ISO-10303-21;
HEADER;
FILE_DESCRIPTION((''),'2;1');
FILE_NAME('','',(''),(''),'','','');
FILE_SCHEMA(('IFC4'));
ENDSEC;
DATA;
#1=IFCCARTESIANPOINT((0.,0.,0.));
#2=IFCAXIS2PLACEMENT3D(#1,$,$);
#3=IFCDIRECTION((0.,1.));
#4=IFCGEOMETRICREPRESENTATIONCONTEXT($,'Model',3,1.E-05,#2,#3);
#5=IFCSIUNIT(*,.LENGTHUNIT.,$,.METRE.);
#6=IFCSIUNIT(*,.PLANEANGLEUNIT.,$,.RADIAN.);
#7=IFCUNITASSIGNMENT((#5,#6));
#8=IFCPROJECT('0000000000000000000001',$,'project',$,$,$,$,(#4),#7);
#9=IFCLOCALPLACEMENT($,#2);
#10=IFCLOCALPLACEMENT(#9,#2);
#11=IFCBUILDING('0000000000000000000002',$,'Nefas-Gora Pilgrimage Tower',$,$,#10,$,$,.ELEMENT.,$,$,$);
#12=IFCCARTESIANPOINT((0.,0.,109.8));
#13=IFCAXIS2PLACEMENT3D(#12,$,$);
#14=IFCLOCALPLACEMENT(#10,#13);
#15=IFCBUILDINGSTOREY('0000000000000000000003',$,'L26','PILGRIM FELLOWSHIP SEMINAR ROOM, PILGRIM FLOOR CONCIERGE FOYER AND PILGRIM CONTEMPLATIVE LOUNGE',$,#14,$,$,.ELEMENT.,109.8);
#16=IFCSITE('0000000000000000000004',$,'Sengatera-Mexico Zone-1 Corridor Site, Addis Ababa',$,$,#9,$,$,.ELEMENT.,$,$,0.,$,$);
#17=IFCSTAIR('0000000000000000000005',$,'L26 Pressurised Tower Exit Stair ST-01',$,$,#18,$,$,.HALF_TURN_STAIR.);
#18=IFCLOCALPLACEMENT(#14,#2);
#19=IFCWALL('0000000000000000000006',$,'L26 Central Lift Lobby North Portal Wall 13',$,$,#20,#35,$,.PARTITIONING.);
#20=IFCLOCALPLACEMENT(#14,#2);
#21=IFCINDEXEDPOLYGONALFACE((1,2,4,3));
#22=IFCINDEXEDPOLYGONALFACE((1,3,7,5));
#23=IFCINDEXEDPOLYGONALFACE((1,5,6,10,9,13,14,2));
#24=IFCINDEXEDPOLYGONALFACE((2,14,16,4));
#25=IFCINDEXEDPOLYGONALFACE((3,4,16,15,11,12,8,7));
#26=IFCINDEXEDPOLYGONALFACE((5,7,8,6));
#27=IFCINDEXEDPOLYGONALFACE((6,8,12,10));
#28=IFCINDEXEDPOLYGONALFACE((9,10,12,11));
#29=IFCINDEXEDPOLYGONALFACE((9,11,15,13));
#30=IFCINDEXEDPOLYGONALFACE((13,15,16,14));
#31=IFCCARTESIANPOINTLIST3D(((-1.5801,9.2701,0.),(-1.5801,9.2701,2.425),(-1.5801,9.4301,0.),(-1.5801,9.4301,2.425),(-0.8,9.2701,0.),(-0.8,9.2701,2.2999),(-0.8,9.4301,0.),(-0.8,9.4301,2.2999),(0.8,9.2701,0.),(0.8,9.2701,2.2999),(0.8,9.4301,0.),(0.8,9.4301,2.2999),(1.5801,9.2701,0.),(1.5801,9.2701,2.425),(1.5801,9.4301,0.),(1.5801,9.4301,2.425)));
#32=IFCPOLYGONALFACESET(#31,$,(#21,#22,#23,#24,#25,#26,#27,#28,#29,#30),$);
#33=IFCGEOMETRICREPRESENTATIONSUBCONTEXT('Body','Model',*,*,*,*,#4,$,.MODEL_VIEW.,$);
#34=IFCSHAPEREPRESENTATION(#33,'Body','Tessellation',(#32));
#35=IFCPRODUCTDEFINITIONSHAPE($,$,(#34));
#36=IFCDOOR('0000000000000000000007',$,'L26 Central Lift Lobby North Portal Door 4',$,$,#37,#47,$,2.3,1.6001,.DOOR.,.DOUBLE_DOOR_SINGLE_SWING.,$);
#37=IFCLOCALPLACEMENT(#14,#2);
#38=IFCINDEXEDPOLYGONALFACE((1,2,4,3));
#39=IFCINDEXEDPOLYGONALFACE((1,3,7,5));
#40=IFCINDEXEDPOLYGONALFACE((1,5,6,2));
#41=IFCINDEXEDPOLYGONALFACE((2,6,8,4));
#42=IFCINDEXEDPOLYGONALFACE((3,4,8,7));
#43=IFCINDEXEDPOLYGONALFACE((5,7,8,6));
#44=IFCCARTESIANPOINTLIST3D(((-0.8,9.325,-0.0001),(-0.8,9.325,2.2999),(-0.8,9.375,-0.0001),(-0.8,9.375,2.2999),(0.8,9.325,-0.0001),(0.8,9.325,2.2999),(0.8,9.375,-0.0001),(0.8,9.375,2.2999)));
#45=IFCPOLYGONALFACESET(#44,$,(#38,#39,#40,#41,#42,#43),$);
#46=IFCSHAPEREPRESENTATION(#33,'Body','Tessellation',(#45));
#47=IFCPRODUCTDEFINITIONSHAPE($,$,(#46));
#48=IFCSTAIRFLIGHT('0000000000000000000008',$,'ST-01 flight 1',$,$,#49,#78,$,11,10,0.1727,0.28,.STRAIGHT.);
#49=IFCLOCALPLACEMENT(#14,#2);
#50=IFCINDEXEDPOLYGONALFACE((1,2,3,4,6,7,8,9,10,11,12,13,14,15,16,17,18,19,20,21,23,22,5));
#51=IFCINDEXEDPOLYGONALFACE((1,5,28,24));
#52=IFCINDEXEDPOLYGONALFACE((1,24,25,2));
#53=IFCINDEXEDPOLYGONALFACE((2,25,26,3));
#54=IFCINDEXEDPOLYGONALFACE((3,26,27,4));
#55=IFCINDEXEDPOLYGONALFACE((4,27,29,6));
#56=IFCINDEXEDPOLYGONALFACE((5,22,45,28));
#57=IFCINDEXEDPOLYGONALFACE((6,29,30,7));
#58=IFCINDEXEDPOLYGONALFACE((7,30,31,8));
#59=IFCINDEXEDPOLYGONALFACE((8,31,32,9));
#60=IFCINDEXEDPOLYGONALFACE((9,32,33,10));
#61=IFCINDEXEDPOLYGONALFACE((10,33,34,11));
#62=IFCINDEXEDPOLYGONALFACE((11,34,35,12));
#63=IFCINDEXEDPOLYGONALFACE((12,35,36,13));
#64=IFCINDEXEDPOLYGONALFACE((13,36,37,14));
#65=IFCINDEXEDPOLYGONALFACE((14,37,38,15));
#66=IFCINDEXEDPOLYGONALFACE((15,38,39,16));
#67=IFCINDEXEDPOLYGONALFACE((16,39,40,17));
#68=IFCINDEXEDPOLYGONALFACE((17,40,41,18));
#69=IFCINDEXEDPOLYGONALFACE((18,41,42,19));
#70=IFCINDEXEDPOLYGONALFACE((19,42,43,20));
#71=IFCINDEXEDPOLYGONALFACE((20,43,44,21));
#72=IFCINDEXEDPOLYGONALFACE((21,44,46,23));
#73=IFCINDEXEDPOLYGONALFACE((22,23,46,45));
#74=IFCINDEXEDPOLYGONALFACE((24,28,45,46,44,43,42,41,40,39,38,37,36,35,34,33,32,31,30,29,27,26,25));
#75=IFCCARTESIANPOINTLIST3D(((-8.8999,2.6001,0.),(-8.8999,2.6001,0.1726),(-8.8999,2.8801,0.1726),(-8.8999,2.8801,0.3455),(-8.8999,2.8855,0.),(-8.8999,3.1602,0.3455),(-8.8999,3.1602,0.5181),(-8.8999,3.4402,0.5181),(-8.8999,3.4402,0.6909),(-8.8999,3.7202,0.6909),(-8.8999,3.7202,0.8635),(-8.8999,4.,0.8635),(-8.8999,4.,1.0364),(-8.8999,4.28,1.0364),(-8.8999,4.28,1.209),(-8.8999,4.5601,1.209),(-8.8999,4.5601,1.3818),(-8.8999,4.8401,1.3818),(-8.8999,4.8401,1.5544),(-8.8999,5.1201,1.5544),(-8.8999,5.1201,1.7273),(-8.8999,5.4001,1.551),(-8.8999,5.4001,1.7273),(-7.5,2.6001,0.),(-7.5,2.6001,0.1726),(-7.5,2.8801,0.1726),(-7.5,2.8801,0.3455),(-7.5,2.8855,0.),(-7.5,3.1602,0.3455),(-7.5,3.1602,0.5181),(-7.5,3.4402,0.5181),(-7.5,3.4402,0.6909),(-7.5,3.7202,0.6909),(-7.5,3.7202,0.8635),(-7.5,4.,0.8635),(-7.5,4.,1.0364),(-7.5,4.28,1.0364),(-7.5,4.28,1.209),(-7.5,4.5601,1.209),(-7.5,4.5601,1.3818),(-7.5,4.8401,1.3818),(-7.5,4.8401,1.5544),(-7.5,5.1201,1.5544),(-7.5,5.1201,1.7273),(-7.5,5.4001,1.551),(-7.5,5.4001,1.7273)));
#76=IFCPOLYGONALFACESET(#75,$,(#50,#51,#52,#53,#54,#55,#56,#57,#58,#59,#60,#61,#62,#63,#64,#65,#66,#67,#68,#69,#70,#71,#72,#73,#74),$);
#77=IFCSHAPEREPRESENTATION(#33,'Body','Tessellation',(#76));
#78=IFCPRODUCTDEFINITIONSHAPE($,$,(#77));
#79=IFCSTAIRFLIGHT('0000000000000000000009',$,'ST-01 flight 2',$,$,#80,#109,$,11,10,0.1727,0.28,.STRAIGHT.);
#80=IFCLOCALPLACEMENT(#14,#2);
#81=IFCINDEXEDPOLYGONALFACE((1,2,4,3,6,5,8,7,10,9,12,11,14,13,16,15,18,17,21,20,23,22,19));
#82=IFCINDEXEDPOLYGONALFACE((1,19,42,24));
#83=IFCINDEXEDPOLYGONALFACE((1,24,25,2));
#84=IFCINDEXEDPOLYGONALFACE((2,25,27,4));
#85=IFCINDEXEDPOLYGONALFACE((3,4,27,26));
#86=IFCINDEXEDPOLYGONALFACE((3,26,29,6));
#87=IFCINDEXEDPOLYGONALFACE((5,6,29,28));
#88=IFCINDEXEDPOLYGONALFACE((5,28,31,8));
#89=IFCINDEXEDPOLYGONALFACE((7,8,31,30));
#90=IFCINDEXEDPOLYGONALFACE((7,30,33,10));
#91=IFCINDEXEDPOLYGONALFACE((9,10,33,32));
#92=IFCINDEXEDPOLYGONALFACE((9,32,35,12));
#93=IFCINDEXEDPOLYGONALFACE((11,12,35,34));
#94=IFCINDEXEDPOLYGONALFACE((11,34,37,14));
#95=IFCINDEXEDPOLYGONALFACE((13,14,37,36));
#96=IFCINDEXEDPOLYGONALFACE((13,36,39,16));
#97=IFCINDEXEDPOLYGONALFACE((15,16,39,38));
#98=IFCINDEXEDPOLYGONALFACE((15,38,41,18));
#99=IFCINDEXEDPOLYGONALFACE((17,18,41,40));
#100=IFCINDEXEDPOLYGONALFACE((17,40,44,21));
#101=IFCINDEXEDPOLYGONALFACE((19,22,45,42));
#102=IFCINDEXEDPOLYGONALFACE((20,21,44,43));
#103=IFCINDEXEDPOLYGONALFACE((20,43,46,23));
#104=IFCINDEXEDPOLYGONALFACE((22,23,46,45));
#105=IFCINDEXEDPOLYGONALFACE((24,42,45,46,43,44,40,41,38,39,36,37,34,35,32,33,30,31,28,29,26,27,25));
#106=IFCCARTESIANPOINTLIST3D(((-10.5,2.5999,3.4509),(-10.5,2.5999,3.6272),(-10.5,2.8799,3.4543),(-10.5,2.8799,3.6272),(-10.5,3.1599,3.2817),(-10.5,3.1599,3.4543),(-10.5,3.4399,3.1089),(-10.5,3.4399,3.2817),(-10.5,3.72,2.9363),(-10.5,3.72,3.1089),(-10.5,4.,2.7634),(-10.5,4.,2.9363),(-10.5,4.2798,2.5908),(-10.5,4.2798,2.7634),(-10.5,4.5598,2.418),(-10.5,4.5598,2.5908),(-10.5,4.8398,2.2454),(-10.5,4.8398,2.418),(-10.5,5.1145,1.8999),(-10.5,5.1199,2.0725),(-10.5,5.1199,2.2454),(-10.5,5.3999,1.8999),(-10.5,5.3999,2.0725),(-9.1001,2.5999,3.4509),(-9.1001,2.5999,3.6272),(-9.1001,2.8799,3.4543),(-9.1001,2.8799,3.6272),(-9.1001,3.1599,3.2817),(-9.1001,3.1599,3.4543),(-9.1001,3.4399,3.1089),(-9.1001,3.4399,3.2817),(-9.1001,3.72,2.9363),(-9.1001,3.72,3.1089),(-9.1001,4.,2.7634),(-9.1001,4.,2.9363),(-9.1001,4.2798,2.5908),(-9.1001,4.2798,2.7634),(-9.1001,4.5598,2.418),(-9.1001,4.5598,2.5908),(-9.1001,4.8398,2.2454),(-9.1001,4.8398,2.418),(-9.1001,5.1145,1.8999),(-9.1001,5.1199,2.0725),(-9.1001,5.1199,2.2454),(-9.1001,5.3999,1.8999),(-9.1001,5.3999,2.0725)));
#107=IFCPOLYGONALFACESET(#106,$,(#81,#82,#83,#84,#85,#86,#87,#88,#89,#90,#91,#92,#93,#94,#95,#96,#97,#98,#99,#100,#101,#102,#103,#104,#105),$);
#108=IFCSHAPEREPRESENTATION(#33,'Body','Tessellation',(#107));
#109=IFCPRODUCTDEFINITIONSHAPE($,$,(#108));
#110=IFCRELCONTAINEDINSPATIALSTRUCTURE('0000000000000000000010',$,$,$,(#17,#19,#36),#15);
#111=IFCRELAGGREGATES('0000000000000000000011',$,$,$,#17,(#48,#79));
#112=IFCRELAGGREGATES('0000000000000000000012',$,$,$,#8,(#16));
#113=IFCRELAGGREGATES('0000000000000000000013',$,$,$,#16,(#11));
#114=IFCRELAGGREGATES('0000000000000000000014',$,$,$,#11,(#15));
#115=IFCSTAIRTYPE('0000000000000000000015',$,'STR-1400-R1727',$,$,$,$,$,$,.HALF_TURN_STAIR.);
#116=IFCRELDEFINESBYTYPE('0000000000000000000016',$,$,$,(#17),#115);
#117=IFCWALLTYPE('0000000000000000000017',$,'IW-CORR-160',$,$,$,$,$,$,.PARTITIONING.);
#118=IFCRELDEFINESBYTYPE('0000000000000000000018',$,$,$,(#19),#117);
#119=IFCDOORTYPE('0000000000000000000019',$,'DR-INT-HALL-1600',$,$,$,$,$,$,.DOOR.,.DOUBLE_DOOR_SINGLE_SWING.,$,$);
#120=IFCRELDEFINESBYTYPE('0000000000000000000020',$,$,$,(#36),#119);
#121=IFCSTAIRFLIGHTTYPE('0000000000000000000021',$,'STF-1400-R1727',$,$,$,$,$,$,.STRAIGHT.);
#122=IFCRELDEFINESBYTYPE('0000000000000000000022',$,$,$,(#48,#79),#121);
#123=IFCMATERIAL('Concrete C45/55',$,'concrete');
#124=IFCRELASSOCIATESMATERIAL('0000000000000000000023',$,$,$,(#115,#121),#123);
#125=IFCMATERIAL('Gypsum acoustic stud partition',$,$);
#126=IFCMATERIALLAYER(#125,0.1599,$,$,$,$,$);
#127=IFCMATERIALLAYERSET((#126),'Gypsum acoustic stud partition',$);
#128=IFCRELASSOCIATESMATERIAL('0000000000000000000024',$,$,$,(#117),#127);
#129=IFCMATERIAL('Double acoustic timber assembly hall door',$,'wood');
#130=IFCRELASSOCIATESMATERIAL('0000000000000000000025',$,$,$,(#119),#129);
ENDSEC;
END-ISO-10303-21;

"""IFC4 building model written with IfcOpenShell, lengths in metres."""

from ifc_helpers import new_model, si_unit, direction, frame, frame_2d, origin, place, context, subcontext, project, spatial, polyline, rectangle, outline, extrude, source, transform, mapped, material, layer, layer_set, type_object, element, fill, aggregate, save


model = new_model("IFC4")

# Units and contexts
model_context = context("Model", 3, precision=1e-05, world=origin(), true_north=direction((0.0, 1.0)))
body_context = subcontext(model_context, "Body", "Model", "MODEL_VIEW")
ifc_project = project(units=[si_unit("LENGTHUNIT", "METRE"), si_unit("PLANEANGLEUNIT", "RADIAN")], contexts=[model_context])

# Site, building, storey
site_placement = place(None, origin())
site = spatial("IfcSite", under=ifc_project, at=site_placement, Name="Sengatera-Mexico Zone-1 Corridor Site, Addis Ababa", CompositionType="ELEMENT", RefElevation=0.0)
building_placement = place(site_placement, origin())
building = spatial("IfcBuilding", under=site, at=building_placement, Name="Nefas-Gora Pilgrimage Tower", CompositionType="ELEMENT")
storey_placement = place(building_placement, frame((0.0, 0.0, 109.8)))
storey = spatial("IfcBuildingStorey", under=building, at=storey_placement, Name="L26", Description="PILGRIM FELLOWSHIP SEMINAR ROOM, PILGRIM FLOOR CONCIERGE FOYER AND PILGRIM CONTEMPLATIVE LOUNGE", CompositionType="ELEMENT", Elevation=109.8)

# Stair
ifc_material_1 = material(Name="Concrete C45/55", Category="concrete")
stair_type = type_object("IfcStairType", Name="STR-1400-R1727", PredefinedType="HALF_TURN_STAIR", material=ifc_material_1)
stair_1_placement = place(storey_placement, origin())
stair_1 = element("IfcStair", 1, at=stair_1_placement, inside=storey, type_object=stair_type, Name="L26 Pressurised Tower Exit Stair ST-01", PredefinedType="HALF_TURN_STAIR")

# Shared definitions
ifc_material_2 = material(Name="Gypsum acoustic stud partition")
ifc_layer_1 = layer(ifc_material_2, 0.1599)
ifc_layer_set_1 = layer_set([ifc_layer_1], Name="Gypsum acoustic stud partition")
wall_type_1 = type_object("IfcWallType", Name="IW-CORR-160", PredefinedType="PARTITIONING", material=ifc_layer_set_1)

# Wall, opening, door
shared_shape_1 = source(origin(), body_context, "Body", "SweptSolid", [
    extrude(rectangle(XDim=3.1602, YDim=0.1599, at=frame_2d((1.5801, 0.0))), origin(), (0.0, 0.0, 1.0), 2.425),
])
wall_1_placement = place(storey_placement, frame((-1.5801, 9.3501, 0.0), z_axis=(0.0, 0.0, 1.0), x_axis=(1.0, 0.0, 0.0)))
wall_1 = element("IfcWall", 2, at=wall_1_placement, inside=storey, type_object=wall_type_1, Name="L26 Central Lift Lobby North Portal Wall 13", PredefinedType="PARTITIONING", context=body_context, shape_type="MappedRepresentation", body=[
    mapped(shared_shape_1, transform((0.0, 0.0, 0.0), x_axis=(1.0, 0.0, 0.0), y_axis=(0.0, 1.0, 0.0), z_axis=(0.0, 0.0, 1.0), scale=1.0)),
])
opening_1_placement = place(wall_1_placement, frame((0.78, 0.0, 0.0)))
opening_1 = element("IfcOpeningElement", 3, at=opening_1_placement, cuts=wall_1, PredefinedType="OPENING", context=body_context, shape_type="SweptSolid", body=[
    extrude(rectangle(XDim=1.6001, YDim=2.3, at=frame_2d((0.8, 1.1499))), frame((0.0, 0.0898, 0.0), z_axis=(0.0, -1.0, 0.0), x_axis=(1.0, 0.0, 0.0)), (0.0, 0.0, 1.0), 0.1799),
])
ifc_material_3 = material(Name="Double acoustic timber assembly hall door", Category="wood")
door_type_1 = type_object("IfcDoorType", Name="DR-INT-HALL-1600", OperationType="DOUBLE_DOOR_SINGLE_SWING", PredefinedType="DOOR", material=ifc_material_3)
shared_shape_2 = source(origin(), body_context, "Body", "SweptSolid", [
    extrude(rectangle(XDim=1.6001, YDim=2.3, at=frame_2d((0.8, 1.1499))), frame((0.0, 0.0249, 0.0), z_axis=(0.0, -1.0, 0.0), x_axis=(1.0, 0.0, 0.0)), (0.0, 0.0, 1.0), 0.05),
])
door_1_placement = place(opening_1_placement, origin())
door_1 = element("IfcDoor", 4, at=door_1_placement, inside=storey, type_object=door_type_1, Name="L26 Central Lift Lobby North Portal Door 4", OperationType="DOUBLE_DOOR_SINGLE_SWING", OverallHeight=2.3, OverallWidth=1.6001, PredefinedType="DOOR", context=body_context, shape_type="MappedRepresentation", body=[
    mapped(shared_shape_2, transform((0.0, 0.0, 0.0), x_axis=(1.0, 0.0, 0.0), y_axis=(0.0, 1.0, 0.0), z_axis=(0.0, 0.0, 1.0), scale=1.0)),
])
fill(opening_1, door_1)

# Stair flights
stair_flight_type = type_object("IfcStairFlightType", Name="STF-1400-R1727", PredefinedType="STRAIGHT", material=ifc_material_1)
shared_shape_3 = source(origin(), body_context, "Body", "SweptSolid", [
    extrude(outline(polyline([(0.0, 0.0), (0.0, 0.1726), (0.28, 0.1726), (0.28, 0.3455), (0.5601, 0.3455), (0.5601, 0.5181), (0.8401, 0.5181), (0.8401, 0.6909), (1.1201, 0.6909), (1.1201, 0.8635), (1.3999, 0.8635), (1.3999, 1.0364), (1.6799, 1.0364), (1.6799, 1.209), (1.96, 1.209), (1.96, 1.3818), (2.24, 1.3818), (2.24, 1.5544), (2.52, 1.5544), (2.52, 1.7273), (2.8, 1.7273), (2.8, 1.8999), (2.8, 1.551), (0.2854, 0.0), (0.0, 0.0)])), frame((0.0, 0.7, 0.0), z_axis=(0.0, -1.0, 0.0), x_axis=(1.0, 0.0, 0.0)), (0.0, 0.0, 1.0), 1.3999),
])
stair_flight_1_placement = place(storey_placement, frame((-8.2, 2.6001, 0.0), z_axis=(0.0, 0.0, 1.0), x_axis=(0.0, 1.0, 0.0)))
stair_flight_1 = element("IfcStairFlight", 5, at=stair_flight_1_placement, type_object=stair_flight_type, Name="ST-01 flight 1", NumberOfRisers=11, NumberOfTreads=10, PredefinedType="STRAIGHT", RiserHeight=0.1727, TreadLength=0.28, context=body_context, shape_type="MappedRepresentation", body=[
    mapped(shared_shape_3, transform((0.0, 0.0, 0.0), x_axis=(1.0, 0.0, 0.0), y_axis=(0.0, 1.0, 0.0), z_axis=(0.0, 0.0, 1.0), scale=1.0)),
])
stair_flight_2_placement = place(storey_placement, frame((-9.8, 5.3999, 1.8999), z_axis=(0.0, 0.0, 1.0), x_axis=(0.0, -1.0, 0.0)))
stair_flight_2 = element("IfcStairFlight", 6, at=stair_flight_2_placement, type_object=stair_flight_type, Name="ST-01 flight 2", NumberOfRisers=11, NumberOfTreads=10, PredefinedType="STRAIGHT", RiserHeight=0.1727, TreadLength=0.28, context=body_context, shape_type="MappedRepresentation", body=[
    mapped(shared_shape_3, transform((0.0, 0.0, 0.0), x_axis=(1.0, 0.0, 0.0), y_axis=(0.0, 1.0, 0.0), z_axis=(0.0, 0.0, 1.0), scale=1.0)),
])
aggregate(stair_1, [stair_flight_1, stair_flight_2])

save(model, "model.ifc")
